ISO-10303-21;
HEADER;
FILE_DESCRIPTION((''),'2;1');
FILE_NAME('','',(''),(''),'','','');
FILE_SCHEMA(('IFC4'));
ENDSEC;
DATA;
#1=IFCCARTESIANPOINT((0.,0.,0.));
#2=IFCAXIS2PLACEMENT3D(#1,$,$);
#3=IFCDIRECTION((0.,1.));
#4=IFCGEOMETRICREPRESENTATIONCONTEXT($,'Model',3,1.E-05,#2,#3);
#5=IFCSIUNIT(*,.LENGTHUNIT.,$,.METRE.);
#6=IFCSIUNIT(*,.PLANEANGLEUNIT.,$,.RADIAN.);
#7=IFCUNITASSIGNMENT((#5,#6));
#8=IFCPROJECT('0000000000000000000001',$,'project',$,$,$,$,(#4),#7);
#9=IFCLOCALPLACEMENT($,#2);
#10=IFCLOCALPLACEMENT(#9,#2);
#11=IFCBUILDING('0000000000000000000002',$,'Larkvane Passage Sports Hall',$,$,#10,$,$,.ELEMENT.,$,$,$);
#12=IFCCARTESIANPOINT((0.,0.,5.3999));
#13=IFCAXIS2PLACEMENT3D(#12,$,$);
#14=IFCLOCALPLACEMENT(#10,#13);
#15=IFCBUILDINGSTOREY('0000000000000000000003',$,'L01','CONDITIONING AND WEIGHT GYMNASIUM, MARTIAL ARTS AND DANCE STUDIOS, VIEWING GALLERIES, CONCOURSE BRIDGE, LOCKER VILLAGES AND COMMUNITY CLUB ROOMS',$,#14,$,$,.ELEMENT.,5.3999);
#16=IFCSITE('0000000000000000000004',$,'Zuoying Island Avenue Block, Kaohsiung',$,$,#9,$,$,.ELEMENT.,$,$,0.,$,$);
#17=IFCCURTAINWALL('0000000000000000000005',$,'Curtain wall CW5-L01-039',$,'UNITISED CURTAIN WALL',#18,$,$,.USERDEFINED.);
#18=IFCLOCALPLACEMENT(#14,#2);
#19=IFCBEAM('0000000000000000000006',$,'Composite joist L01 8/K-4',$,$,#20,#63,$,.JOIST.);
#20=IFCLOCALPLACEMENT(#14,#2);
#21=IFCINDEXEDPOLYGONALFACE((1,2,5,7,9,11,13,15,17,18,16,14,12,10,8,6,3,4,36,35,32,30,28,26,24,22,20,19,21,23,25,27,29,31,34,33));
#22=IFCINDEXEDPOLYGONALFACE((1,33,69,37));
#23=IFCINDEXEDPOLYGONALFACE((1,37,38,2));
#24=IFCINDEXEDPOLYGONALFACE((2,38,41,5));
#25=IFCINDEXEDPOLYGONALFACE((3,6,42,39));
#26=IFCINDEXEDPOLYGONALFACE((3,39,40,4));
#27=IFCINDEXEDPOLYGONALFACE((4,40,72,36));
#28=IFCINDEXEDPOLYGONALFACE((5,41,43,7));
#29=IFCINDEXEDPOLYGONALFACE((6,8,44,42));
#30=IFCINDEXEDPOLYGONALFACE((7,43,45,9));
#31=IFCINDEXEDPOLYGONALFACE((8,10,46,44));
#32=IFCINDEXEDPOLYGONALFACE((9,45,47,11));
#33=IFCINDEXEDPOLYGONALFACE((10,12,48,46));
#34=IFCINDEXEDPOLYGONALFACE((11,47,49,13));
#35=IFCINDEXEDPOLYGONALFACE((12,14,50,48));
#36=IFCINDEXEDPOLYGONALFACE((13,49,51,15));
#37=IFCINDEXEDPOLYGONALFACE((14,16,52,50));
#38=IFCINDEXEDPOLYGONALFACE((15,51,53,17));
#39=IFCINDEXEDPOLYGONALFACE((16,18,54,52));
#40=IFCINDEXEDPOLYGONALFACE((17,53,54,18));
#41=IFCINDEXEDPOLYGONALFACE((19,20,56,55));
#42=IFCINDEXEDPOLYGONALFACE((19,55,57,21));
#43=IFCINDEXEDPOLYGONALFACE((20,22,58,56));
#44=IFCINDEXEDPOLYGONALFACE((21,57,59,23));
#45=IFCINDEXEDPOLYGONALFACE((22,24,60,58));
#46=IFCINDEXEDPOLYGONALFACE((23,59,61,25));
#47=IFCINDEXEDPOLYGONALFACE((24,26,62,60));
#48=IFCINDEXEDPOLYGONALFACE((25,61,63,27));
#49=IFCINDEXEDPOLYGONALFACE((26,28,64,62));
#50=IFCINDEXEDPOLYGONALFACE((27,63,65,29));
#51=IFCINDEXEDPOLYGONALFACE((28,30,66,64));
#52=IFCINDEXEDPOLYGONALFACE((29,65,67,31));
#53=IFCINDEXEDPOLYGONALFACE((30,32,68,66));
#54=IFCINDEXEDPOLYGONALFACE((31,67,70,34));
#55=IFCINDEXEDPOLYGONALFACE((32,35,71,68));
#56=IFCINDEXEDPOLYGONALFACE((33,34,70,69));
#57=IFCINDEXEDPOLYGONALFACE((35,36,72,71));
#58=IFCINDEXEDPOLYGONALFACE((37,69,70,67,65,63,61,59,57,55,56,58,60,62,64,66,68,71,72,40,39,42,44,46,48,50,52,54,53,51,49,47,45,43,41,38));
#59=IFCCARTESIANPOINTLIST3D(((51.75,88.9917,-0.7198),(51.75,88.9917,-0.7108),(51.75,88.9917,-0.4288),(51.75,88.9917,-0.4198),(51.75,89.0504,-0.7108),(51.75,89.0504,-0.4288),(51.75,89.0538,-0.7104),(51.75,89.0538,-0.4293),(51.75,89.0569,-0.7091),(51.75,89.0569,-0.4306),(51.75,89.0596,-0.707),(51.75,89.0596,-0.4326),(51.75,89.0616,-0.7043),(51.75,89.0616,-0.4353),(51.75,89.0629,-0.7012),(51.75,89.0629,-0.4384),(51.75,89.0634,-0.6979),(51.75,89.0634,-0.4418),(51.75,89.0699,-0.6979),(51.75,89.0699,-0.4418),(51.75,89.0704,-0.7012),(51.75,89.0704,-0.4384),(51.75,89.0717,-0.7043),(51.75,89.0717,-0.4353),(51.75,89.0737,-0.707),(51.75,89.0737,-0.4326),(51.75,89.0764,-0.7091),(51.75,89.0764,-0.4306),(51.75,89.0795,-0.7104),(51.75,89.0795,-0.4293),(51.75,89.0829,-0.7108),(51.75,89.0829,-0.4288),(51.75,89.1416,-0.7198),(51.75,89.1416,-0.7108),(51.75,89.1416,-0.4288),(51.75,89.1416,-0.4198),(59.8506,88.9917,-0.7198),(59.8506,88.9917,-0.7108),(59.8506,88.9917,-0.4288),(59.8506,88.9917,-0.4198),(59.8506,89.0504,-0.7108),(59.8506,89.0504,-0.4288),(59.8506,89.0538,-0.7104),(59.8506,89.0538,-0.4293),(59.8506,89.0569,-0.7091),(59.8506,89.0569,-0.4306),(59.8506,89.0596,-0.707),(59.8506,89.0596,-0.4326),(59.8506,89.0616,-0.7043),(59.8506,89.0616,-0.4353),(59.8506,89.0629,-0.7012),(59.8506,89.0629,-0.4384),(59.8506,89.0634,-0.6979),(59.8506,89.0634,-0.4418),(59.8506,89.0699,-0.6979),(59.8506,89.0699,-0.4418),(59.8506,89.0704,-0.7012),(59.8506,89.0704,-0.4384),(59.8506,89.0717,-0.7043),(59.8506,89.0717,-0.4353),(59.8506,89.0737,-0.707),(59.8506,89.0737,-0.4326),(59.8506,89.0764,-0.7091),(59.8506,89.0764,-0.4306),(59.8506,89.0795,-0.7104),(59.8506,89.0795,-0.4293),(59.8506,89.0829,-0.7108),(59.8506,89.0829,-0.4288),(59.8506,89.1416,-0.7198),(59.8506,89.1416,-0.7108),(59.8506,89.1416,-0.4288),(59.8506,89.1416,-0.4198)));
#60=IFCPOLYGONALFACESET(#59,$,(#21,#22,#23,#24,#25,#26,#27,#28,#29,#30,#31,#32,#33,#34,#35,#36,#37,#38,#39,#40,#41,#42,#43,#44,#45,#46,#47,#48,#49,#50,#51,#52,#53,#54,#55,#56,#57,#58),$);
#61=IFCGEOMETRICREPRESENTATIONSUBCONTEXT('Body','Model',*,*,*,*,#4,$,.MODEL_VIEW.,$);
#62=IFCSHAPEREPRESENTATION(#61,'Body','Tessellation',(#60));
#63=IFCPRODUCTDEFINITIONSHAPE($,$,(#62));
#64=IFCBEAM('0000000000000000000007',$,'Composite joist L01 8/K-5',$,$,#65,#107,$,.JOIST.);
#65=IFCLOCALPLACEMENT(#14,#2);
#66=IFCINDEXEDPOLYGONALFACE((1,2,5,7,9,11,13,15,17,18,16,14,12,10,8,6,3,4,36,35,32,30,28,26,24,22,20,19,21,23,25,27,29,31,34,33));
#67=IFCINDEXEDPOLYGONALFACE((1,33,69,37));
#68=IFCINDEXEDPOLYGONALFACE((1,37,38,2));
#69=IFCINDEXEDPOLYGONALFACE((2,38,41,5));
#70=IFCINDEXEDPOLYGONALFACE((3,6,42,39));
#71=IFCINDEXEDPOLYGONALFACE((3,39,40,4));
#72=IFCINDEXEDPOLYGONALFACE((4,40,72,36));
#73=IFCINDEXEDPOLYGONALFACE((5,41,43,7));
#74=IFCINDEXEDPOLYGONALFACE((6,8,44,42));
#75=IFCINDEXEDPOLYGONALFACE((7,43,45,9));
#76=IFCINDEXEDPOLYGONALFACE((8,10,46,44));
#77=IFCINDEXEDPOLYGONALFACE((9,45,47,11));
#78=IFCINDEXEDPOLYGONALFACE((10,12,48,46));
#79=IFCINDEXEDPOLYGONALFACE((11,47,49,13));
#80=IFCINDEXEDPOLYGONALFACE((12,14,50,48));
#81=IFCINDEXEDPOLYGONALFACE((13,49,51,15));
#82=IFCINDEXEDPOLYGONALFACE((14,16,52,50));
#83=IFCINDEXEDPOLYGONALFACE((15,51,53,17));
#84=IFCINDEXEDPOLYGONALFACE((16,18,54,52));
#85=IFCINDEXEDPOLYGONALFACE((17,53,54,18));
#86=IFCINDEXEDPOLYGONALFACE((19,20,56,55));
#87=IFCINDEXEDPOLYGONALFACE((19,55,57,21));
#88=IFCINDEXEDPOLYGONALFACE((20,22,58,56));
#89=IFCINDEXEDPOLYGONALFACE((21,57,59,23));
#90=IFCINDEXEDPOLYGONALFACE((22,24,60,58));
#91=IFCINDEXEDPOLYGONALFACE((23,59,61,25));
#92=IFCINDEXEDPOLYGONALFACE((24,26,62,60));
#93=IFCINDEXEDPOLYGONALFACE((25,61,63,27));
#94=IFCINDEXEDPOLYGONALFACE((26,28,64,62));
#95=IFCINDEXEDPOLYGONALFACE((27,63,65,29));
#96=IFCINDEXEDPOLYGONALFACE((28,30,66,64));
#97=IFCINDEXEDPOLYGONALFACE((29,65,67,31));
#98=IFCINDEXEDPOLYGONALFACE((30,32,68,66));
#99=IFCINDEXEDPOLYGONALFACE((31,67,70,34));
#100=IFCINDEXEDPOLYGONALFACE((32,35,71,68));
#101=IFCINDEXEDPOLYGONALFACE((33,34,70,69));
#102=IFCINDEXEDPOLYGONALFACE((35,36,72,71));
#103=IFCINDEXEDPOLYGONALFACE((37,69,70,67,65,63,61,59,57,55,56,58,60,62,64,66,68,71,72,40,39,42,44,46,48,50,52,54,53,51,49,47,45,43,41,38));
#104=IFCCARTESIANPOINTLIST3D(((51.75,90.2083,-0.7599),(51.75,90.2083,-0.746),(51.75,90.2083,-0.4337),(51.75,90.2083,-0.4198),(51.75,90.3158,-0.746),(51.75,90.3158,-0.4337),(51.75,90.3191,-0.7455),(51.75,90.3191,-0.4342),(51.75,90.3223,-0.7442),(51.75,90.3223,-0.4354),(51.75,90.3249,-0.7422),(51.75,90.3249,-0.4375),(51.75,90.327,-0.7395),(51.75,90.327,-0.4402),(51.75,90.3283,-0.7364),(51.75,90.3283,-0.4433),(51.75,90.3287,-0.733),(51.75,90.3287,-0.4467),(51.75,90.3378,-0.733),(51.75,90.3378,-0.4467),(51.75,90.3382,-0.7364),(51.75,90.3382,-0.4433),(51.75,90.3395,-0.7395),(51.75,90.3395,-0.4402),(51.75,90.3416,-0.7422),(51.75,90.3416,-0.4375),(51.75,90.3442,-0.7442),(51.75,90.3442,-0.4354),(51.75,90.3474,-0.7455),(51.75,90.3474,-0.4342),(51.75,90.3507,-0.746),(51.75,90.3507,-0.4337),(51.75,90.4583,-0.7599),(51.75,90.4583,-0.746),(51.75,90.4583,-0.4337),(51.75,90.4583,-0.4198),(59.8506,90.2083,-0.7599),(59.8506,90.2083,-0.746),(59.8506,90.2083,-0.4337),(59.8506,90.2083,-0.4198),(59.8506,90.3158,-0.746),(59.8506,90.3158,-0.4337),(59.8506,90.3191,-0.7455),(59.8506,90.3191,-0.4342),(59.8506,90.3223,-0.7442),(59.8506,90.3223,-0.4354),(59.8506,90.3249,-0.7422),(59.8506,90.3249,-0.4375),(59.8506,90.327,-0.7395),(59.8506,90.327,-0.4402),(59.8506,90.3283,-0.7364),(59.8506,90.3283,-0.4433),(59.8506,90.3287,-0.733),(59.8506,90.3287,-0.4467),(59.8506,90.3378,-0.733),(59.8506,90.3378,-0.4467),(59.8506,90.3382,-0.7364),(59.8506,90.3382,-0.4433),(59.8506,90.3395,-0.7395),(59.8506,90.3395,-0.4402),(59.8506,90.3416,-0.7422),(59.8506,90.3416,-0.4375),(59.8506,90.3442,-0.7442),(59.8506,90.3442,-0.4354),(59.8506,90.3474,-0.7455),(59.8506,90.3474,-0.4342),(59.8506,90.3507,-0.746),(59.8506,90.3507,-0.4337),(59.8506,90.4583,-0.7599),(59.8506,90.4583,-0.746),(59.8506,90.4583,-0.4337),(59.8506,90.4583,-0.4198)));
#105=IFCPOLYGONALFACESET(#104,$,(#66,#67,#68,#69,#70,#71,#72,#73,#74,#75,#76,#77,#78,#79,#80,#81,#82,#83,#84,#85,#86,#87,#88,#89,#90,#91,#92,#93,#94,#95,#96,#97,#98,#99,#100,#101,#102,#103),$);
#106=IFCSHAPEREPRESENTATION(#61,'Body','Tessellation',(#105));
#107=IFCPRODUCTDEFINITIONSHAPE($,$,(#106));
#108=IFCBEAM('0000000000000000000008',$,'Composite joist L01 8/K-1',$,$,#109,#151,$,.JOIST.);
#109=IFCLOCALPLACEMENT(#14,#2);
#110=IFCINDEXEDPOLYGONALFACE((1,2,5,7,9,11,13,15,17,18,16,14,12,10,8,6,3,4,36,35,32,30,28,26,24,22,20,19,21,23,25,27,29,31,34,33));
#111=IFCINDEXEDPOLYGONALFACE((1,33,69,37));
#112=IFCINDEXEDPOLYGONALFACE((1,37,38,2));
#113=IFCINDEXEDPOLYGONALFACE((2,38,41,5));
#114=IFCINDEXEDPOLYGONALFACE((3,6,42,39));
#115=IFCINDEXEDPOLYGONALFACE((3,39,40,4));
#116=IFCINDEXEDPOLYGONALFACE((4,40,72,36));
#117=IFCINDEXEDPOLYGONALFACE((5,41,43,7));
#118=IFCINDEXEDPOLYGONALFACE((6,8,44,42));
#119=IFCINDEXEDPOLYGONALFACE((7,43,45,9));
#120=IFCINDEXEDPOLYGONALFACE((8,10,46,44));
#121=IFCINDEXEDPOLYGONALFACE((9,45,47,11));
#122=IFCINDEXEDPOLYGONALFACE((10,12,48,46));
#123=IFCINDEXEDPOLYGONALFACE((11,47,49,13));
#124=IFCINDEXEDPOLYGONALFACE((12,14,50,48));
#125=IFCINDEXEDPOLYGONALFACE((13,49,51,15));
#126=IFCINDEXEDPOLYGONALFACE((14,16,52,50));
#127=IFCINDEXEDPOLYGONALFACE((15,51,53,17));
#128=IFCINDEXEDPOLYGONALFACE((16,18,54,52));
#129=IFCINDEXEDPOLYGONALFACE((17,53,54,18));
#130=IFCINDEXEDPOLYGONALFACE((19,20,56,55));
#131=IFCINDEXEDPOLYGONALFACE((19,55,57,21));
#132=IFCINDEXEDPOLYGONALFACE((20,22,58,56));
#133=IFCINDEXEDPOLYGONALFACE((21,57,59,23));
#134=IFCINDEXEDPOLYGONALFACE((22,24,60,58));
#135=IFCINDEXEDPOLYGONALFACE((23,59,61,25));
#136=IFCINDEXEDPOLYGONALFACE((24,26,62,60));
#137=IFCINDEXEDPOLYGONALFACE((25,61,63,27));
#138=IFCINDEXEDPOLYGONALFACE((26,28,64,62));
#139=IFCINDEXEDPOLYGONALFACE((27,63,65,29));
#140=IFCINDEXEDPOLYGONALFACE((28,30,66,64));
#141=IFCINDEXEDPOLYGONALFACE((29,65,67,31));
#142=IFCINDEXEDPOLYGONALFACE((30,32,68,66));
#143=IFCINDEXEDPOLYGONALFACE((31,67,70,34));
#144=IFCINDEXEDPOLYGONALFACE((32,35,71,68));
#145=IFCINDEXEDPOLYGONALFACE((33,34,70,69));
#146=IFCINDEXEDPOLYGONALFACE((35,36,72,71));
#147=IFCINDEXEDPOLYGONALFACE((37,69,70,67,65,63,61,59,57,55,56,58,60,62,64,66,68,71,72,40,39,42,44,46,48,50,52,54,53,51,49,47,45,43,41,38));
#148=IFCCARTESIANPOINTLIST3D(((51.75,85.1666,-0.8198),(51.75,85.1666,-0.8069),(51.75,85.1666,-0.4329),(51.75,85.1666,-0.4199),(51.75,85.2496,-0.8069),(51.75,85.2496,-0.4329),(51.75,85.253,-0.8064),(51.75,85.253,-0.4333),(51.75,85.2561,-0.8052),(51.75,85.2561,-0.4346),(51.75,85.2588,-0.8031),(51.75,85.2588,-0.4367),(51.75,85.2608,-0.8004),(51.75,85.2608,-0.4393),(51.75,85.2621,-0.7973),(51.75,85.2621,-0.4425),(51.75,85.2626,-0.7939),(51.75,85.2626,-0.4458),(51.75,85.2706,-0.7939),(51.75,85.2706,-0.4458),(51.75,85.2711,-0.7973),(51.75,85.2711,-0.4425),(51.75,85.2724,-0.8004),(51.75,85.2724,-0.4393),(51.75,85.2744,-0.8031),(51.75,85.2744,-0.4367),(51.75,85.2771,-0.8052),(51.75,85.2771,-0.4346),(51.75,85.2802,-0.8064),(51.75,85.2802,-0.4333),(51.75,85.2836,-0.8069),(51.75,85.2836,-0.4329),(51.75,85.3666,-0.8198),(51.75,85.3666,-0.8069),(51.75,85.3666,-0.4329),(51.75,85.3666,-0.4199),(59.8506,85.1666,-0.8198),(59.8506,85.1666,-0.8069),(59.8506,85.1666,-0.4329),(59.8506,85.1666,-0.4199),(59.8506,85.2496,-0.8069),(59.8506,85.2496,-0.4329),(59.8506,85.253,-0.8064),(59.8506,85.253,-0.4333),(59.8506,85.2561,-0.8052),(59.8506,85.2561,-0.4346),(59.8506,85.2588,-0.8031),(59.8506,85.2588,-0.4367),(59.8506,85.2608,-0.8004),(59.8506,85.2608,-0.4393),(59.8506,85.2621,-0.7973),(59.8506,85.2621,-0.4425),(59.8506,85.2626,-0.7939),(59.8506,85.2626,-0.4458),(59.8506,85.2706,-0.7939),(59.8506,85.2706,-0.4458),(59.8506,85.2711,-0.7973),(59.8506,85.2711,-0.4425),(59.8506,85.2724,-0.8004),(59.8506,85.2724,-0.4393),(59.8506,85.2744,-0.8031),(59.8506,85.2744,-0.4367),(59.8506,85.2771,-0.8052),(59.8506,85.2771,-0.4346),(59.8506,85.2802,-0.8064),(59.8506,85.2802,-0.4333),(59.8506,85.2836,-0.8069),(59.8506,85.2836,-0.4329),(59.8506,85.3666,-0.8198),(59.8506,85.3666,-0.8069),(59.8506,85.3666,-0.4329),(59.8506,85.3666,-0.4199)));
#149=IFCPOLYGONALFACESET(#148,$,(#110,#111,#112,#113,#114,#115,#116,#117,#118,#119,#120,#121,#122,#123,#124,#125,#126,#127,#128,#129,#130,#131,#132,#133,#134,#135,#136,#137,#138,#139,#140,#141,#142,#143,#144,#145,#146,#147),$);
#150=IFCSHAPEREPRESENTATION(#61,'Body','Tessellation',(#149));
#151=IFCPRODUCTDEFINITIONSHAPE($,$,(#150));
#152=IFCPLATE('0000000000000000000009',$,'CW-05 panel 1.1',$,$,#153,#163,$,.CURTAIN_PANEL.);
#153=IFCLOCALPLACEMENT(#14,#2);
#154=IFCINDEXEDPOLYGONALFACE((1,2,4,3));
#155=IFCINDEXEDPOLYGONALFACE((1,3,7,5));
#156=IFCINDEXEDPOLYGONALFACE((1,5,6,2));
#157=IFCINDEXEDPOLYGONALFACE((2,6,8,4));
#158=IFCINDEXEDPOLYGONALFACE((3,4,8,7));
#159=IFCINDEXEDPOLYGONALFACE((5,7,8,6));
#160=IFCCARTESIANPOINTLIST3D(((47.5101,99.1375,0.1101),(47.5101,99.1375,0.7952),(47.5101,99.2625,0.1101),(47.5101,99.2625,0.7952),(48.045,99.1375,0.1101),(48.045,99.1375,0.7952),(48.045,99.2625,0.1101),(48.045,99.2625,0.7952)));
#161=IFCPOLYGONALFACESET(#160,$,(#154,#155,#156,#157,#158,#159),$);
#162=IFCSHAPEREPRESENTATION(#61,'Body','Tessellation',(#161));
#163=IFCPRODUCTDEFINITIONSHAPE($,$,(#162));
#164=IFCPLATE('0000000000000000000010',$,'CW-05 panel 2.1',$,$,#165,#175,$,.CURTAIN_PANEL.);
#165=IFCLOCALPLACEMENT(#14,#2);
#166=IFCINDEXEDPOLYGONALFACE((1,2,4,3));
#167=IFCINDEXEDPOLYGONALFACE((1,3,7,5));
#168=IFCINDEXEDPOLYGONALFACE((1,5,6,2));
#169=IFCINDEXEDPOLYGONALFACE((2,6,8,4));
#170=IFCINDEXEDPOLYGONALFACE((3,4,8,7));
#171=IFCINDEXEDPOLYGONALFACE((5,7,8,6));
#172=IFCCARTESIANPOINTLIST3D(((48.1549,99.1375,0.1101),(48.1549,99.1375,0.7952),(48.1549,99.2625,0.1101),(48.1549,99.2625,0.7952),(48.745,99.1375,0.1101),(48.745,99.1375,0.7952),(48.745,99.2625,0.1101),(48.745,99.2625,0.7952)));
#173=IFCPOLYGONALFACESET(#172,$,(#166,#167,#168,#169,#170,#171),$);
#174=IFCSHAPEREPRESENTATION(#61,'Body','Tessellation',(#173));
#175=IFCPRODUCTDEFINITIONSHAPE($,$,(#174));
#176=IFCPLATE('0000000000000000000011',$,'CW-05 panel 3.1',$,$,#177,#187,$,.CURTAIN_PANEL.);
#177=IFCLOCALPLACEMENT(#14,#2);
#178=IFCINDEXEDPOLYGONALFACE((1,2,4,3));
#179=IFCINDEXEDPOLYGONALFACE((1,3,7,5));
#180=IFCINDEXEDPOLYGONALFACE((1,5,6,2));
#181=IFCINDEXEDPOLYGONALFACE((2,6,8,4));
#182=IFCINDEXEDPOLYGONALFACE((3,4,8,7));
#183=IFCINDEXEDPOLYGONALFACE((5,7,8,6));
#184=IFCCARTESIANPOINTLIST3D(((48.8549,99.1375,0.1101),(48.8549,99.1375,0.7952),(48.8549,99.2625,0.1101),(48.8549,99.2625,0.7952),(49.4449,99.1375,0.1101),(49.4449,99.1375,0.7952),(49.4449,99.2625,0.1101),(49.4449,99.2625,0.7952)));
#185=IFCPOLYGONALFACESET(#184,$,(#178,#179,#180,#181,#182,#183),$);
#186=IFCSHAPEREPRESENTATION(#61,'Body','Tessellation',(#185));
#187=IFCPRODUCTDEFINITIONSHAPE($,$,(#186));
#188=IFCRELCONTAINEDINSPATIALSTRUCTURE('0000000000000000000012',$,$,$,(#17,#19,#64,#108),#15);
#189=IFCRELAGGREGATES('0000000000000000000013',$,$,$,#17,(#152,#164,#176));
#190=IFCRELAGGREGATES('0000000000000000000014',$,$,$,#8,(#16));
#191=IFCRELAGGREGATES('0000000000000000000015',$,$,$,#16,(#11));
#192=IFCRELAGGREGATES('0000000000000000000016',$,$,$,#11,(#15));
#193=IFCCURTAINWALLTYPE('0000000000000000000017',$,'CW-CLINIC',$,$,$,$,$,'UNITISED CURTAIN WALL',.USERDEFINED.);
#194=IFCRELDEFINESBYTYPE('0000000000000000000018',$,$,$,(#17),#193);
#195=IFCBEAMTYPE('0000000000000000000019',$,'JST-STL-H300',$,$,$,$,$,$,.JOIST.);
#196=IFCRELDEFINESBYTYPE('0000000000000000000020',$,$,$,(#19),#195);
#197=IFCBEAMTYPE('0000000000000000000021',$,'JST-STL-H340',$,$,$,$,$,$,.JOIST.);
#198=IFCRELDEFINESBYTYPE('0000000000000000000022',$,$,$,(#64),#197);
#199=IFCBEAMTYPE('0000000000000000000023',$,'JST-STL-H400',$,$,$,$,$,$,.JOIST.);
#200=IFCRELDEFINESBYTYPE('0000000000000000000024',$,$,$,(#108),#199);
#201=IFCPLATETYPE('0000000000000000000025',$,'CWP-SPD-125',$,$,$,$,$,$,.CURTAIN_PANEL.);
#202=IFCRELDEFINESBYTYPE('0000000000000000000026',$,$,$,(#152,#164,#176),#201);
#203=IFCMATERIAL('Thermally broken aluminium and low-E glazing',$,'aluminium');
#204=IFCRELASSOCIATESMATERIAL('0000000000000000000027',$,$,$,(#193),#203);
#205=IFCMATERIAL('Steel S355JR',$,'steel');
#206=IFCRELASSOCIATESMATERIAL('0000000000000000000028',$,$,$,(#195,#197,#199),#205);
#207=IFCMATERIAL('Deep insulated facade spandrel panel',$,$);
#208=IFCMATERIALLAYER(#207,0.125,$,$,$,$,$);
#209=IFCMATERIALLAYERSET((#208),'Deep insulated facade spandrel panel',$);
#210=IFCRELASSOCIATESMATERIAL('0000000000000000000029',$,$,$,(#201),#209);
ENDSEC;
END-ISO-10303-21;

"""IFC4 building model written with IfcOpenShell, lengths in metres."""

from ifc_helpers import new_model, si_unit, direction, frame, origin, origin_2d, place, context, subcontext, project, spatial, rectangle, i_section, extrude, material, layer, layer_set, material_profile, profile_set, type_object, element, aggregate, save


model = new_model("IFC4")

# Units and contexts
model_context = context("Model", 3, precision=1e-05, world=origin(), true_north=direction((0.0, 1.0)))
body_context = subcontext(model_context, "Body", "Model", "MODEL_VIEW")
ifc_project = project(units=[si_unit("LENGTHUNIT", "METRE"), si_unit("PLANEANGLEUNIT", "RADIAN")], contexts=[model_context])

# Site, building, storey
site_placement = place(None, origin())
site = spatial("IfcSite", under=ifc_project, at=site_placement, Name="Zuoying Island Avenue Block, Kaohsiung", CompositionType="ELEMENT", RefElevation=0.0)
building_placement = place(site_placement, origin())
building = spatial("IfcBuilding", under=site, at=building_placement, Name="Larkvane Passage Sports Hall", CompositionType="ELEMENT")
storey_placement = place(building_placement, frame((0.0, 0.0, 5.3999)))
storey = spatial("IfcBuildingStorey", under=building, at=storey_placement, Name="L01", Description="CONDITIONING AND WEIGHT GYMNASIUM, MARTIAL ARTS AND DANCE STUDIOS, VIEWING GALLERIES, CONCOURSE BRIDGE, LOCKER VILLAGES AND COMMUNITY CLUB ROOMS", CompositionType="ELEMENT", Elevation=5.3999)

# Curtain wall
ifc_material_1 = material(Name="Thermally broken aluminium and low-E glazing", Category="aluminium")
curtain_wall_type = type_object("IfcCurtainWallType", Name="CW-CLINIC", ElementType="UNITISED CURTAIN WALL", PredefinedType="USERDEFINED", material=ifc_material_1)
curtain_wall_placement = place(storey_placement, origin())
curtain_wall = element("IfcCurtainWall", 1, at=curtain_wall_placement, inside=storey, type_object=curtain_wall_type, Name="Curtain wall CW5-L01-039", ObjectType="UNITISED CURTAIN WALL", PredefinedType="USERDEFINED")

# Beams
ifc_material_2 = material(Name="Steel S355JR", Category="steel")
ifc_material_profile_1 = material_profile(ifc_material_2, i_section(OverallWidth=0.1499, OverallDepth=0.3, WebThickness=0.0066, FlangeThickness=0.009, FilletRadius=0.0129, at=origin_2d()), Name="H-300x150x6.5x9")
ifc_profile_set_1 = profile_set([ifc_material_profile_1], Name="Steel S355JR")
beam_type_1 = type_object("IfcBeamType", Name="JST-STL-H300", PredefinedType="JOIST", material=ifc_profile_set_1)
beam_1_placement = place(storey_placement, frame((51.75, 89.0667, -0.5698), z_axis=(1.0, 0.0, 0.0), x_axis=(0.0, 1.0, 0.0)))
element("IfcBeam", 2, at=beam_1_placement, inside=storey, type_object=beam_type_1, Name="Composite joist L01 8/K-4", PredefinedType="JOIST", context=body_context, shape_type="SweptSolid", body=[
    extrude(i_section(OverallWidth=0.1499, OverallDepth=0.3, WebThickness=0.0066, FlangeThickness=0.009, FilletRadius=0.0129, at=origin_2d()), origin(), (0.0, 0.0, 1.0), 8.1006),
])
ifc_material_profile_2 = material_profile(ifc_material_2, i_section(OverallWidth=0.25, OverallDepth=0.3401, WebThickness=0.009, FlangeThickness=0.0139, FilletRadius=0.0129, at=origin_2d()), Name="H-340x250x9x14")
ifc_profile_set_2 = profile_set([ifc_material_profile_2], Name="Steel S355JR")
beam_type_2 = type_object("IfcBeamType", Name="JST-STL-H340", PredefinedType="JOIST", material=ifc_profile_set_2)
beam_2_placement = place(storey_placement, frame((51.75, 90.3333, -0.5898), z_axis=(1.0, 0.0, 0.0), x_axis=(0.0, 1.0, 0.0)))
element("IfcBeam", 3, at=beam_2_placement, inside=storey, type_object=beam_type_2, Name="Composite joist L01 8/K-5", PredefinedType="JOIST", context=body_context, shape_type="SweptSolid", body=[
    extrude(i_section(OverallWidth=0.25, OverallDepth=0.3401, WebThickness=0.009, FlangeThickness=0.0139, FilletRadius=0.0129, at=origin_2d()), origin(), (0.0, 0.0, 1.0), 8.1006),
])
ifc_material_profile_3 = material_profile(ifc_material_2, i_section(OverallWidth=0.2, OverallDepth=0.3999, WebThickness=0.0081, FlangeThickness=0.0129, FilletRadius=0.0129, at=origin_2d()), Name="H-400x200x8x13")
ifc_profile_set_3 = profile_set([ifc_material_profile_3], Name="Steel S355JR")
beam_type_3 = type_object("IfcBeamType", Name="JST-STL-H400", PredefinedType="JOIST", material=ifc_profile_set_3)
beam_3_placement = place(storey_placement, frame((51.75, 85.2666, -0.6199), z_axis=(1.0, 0.0, 0.0), x_axis=(0.0, 1.0, 0.0)))
element("IfcBeam", 4, at=beam_3_placement, inside=storey, type_object=beam_type_3, Name="Composite joist L01 8/K-1", PredefinedType="JOIST", context=body_context, shape_type="SweptSolid", body=[
    extrude(i_section(OverallWidth=0.2, OverallDepth=0.3999, WebThickness=0.0081, FlangeThickness=0.0129, FilletRadius=0.0129, at=origin_2d()), origin(), (0.0, 0.0, 1.0), 8.1006),
])

# Plates
ifc_material_3 = material(Name="Deep insulated facade spandrel panel")
ifc_layer_1 = layer(ifc_material_3, 0.125)
ifc_layer_set_1 = layer_set([ifc_layer_1], Name="Deep insulated facade spandrel panel")
plate_type_1 = type_object("IfcPlateType", Name="CWP-SPD-125", PredefinedType="CURTAIN_PANEL", material=ifc_layer_set_1)
plate_1_placement = place(storey_placement, frame((47.7776, 99.2, 0.1101), z_axis=(0.0, 0.0, 1.0), x_axis=(1.0, 0.0, 0.0)))
plate_1 = element("IfcPlate", 5, at=plate_1_placement, type_object=plate_type_1, Name="CW-05 panel 1.1", PredefinedType="CURTAIN_PANEL", context=body_context, shape_type="SweptSolid", body=[
    extrude(rectangle(XDim=0.5349, YDim=0.125, at=origin_2d()), origin(), (0.0, 0.0, 1.0), 0.6851),
])
plate_2_placement = place(storey_placement, frame((48.45, 99.2, 0.1101), z_axis=(0.0, 0.0, 1.0), x_axis=(1.0, 0.0, 0.0)))
plate_2 = element("IfcPlate", 6, at=plate_2_placement, type_object=plate_type_1, Name="CW-05 panel 2.1", PredefinedType="CURTAIN_PANEL", context=body_context, shape_type="SweptSolid", body=[
    extrude(rectangle(XDim=0.5901, YDim=0.125, at=origin_2d()), origin(), (0.0, 0.0, 1.0), 0.6851),
])
plate_3_placement = place(storey_placement, frame((49.1499, 99.2, 0.1101), z_axis=(0.0, 0.0, 1.0), x_axis=(1.0, 0.0, 0.0)))
plate_3 = element("IfcPlate", 7, at=plate_3_placement, type_object=plate_type_1, Name="CW-05 panel 3.1", PredefinedType="CURTAIN_PANEL", context=body_context, shape_type="SweptSolid", body=[
    extrude(rectangle(XDim=0.5901, YDim=0.125, at=origin_2d()), origin(), (0.0, 0.0, 1.0), 0.6851),
])
aggregate(curtain_wall, [plate_1, plate_2, plate_3])

save(model, "model.ifc")
